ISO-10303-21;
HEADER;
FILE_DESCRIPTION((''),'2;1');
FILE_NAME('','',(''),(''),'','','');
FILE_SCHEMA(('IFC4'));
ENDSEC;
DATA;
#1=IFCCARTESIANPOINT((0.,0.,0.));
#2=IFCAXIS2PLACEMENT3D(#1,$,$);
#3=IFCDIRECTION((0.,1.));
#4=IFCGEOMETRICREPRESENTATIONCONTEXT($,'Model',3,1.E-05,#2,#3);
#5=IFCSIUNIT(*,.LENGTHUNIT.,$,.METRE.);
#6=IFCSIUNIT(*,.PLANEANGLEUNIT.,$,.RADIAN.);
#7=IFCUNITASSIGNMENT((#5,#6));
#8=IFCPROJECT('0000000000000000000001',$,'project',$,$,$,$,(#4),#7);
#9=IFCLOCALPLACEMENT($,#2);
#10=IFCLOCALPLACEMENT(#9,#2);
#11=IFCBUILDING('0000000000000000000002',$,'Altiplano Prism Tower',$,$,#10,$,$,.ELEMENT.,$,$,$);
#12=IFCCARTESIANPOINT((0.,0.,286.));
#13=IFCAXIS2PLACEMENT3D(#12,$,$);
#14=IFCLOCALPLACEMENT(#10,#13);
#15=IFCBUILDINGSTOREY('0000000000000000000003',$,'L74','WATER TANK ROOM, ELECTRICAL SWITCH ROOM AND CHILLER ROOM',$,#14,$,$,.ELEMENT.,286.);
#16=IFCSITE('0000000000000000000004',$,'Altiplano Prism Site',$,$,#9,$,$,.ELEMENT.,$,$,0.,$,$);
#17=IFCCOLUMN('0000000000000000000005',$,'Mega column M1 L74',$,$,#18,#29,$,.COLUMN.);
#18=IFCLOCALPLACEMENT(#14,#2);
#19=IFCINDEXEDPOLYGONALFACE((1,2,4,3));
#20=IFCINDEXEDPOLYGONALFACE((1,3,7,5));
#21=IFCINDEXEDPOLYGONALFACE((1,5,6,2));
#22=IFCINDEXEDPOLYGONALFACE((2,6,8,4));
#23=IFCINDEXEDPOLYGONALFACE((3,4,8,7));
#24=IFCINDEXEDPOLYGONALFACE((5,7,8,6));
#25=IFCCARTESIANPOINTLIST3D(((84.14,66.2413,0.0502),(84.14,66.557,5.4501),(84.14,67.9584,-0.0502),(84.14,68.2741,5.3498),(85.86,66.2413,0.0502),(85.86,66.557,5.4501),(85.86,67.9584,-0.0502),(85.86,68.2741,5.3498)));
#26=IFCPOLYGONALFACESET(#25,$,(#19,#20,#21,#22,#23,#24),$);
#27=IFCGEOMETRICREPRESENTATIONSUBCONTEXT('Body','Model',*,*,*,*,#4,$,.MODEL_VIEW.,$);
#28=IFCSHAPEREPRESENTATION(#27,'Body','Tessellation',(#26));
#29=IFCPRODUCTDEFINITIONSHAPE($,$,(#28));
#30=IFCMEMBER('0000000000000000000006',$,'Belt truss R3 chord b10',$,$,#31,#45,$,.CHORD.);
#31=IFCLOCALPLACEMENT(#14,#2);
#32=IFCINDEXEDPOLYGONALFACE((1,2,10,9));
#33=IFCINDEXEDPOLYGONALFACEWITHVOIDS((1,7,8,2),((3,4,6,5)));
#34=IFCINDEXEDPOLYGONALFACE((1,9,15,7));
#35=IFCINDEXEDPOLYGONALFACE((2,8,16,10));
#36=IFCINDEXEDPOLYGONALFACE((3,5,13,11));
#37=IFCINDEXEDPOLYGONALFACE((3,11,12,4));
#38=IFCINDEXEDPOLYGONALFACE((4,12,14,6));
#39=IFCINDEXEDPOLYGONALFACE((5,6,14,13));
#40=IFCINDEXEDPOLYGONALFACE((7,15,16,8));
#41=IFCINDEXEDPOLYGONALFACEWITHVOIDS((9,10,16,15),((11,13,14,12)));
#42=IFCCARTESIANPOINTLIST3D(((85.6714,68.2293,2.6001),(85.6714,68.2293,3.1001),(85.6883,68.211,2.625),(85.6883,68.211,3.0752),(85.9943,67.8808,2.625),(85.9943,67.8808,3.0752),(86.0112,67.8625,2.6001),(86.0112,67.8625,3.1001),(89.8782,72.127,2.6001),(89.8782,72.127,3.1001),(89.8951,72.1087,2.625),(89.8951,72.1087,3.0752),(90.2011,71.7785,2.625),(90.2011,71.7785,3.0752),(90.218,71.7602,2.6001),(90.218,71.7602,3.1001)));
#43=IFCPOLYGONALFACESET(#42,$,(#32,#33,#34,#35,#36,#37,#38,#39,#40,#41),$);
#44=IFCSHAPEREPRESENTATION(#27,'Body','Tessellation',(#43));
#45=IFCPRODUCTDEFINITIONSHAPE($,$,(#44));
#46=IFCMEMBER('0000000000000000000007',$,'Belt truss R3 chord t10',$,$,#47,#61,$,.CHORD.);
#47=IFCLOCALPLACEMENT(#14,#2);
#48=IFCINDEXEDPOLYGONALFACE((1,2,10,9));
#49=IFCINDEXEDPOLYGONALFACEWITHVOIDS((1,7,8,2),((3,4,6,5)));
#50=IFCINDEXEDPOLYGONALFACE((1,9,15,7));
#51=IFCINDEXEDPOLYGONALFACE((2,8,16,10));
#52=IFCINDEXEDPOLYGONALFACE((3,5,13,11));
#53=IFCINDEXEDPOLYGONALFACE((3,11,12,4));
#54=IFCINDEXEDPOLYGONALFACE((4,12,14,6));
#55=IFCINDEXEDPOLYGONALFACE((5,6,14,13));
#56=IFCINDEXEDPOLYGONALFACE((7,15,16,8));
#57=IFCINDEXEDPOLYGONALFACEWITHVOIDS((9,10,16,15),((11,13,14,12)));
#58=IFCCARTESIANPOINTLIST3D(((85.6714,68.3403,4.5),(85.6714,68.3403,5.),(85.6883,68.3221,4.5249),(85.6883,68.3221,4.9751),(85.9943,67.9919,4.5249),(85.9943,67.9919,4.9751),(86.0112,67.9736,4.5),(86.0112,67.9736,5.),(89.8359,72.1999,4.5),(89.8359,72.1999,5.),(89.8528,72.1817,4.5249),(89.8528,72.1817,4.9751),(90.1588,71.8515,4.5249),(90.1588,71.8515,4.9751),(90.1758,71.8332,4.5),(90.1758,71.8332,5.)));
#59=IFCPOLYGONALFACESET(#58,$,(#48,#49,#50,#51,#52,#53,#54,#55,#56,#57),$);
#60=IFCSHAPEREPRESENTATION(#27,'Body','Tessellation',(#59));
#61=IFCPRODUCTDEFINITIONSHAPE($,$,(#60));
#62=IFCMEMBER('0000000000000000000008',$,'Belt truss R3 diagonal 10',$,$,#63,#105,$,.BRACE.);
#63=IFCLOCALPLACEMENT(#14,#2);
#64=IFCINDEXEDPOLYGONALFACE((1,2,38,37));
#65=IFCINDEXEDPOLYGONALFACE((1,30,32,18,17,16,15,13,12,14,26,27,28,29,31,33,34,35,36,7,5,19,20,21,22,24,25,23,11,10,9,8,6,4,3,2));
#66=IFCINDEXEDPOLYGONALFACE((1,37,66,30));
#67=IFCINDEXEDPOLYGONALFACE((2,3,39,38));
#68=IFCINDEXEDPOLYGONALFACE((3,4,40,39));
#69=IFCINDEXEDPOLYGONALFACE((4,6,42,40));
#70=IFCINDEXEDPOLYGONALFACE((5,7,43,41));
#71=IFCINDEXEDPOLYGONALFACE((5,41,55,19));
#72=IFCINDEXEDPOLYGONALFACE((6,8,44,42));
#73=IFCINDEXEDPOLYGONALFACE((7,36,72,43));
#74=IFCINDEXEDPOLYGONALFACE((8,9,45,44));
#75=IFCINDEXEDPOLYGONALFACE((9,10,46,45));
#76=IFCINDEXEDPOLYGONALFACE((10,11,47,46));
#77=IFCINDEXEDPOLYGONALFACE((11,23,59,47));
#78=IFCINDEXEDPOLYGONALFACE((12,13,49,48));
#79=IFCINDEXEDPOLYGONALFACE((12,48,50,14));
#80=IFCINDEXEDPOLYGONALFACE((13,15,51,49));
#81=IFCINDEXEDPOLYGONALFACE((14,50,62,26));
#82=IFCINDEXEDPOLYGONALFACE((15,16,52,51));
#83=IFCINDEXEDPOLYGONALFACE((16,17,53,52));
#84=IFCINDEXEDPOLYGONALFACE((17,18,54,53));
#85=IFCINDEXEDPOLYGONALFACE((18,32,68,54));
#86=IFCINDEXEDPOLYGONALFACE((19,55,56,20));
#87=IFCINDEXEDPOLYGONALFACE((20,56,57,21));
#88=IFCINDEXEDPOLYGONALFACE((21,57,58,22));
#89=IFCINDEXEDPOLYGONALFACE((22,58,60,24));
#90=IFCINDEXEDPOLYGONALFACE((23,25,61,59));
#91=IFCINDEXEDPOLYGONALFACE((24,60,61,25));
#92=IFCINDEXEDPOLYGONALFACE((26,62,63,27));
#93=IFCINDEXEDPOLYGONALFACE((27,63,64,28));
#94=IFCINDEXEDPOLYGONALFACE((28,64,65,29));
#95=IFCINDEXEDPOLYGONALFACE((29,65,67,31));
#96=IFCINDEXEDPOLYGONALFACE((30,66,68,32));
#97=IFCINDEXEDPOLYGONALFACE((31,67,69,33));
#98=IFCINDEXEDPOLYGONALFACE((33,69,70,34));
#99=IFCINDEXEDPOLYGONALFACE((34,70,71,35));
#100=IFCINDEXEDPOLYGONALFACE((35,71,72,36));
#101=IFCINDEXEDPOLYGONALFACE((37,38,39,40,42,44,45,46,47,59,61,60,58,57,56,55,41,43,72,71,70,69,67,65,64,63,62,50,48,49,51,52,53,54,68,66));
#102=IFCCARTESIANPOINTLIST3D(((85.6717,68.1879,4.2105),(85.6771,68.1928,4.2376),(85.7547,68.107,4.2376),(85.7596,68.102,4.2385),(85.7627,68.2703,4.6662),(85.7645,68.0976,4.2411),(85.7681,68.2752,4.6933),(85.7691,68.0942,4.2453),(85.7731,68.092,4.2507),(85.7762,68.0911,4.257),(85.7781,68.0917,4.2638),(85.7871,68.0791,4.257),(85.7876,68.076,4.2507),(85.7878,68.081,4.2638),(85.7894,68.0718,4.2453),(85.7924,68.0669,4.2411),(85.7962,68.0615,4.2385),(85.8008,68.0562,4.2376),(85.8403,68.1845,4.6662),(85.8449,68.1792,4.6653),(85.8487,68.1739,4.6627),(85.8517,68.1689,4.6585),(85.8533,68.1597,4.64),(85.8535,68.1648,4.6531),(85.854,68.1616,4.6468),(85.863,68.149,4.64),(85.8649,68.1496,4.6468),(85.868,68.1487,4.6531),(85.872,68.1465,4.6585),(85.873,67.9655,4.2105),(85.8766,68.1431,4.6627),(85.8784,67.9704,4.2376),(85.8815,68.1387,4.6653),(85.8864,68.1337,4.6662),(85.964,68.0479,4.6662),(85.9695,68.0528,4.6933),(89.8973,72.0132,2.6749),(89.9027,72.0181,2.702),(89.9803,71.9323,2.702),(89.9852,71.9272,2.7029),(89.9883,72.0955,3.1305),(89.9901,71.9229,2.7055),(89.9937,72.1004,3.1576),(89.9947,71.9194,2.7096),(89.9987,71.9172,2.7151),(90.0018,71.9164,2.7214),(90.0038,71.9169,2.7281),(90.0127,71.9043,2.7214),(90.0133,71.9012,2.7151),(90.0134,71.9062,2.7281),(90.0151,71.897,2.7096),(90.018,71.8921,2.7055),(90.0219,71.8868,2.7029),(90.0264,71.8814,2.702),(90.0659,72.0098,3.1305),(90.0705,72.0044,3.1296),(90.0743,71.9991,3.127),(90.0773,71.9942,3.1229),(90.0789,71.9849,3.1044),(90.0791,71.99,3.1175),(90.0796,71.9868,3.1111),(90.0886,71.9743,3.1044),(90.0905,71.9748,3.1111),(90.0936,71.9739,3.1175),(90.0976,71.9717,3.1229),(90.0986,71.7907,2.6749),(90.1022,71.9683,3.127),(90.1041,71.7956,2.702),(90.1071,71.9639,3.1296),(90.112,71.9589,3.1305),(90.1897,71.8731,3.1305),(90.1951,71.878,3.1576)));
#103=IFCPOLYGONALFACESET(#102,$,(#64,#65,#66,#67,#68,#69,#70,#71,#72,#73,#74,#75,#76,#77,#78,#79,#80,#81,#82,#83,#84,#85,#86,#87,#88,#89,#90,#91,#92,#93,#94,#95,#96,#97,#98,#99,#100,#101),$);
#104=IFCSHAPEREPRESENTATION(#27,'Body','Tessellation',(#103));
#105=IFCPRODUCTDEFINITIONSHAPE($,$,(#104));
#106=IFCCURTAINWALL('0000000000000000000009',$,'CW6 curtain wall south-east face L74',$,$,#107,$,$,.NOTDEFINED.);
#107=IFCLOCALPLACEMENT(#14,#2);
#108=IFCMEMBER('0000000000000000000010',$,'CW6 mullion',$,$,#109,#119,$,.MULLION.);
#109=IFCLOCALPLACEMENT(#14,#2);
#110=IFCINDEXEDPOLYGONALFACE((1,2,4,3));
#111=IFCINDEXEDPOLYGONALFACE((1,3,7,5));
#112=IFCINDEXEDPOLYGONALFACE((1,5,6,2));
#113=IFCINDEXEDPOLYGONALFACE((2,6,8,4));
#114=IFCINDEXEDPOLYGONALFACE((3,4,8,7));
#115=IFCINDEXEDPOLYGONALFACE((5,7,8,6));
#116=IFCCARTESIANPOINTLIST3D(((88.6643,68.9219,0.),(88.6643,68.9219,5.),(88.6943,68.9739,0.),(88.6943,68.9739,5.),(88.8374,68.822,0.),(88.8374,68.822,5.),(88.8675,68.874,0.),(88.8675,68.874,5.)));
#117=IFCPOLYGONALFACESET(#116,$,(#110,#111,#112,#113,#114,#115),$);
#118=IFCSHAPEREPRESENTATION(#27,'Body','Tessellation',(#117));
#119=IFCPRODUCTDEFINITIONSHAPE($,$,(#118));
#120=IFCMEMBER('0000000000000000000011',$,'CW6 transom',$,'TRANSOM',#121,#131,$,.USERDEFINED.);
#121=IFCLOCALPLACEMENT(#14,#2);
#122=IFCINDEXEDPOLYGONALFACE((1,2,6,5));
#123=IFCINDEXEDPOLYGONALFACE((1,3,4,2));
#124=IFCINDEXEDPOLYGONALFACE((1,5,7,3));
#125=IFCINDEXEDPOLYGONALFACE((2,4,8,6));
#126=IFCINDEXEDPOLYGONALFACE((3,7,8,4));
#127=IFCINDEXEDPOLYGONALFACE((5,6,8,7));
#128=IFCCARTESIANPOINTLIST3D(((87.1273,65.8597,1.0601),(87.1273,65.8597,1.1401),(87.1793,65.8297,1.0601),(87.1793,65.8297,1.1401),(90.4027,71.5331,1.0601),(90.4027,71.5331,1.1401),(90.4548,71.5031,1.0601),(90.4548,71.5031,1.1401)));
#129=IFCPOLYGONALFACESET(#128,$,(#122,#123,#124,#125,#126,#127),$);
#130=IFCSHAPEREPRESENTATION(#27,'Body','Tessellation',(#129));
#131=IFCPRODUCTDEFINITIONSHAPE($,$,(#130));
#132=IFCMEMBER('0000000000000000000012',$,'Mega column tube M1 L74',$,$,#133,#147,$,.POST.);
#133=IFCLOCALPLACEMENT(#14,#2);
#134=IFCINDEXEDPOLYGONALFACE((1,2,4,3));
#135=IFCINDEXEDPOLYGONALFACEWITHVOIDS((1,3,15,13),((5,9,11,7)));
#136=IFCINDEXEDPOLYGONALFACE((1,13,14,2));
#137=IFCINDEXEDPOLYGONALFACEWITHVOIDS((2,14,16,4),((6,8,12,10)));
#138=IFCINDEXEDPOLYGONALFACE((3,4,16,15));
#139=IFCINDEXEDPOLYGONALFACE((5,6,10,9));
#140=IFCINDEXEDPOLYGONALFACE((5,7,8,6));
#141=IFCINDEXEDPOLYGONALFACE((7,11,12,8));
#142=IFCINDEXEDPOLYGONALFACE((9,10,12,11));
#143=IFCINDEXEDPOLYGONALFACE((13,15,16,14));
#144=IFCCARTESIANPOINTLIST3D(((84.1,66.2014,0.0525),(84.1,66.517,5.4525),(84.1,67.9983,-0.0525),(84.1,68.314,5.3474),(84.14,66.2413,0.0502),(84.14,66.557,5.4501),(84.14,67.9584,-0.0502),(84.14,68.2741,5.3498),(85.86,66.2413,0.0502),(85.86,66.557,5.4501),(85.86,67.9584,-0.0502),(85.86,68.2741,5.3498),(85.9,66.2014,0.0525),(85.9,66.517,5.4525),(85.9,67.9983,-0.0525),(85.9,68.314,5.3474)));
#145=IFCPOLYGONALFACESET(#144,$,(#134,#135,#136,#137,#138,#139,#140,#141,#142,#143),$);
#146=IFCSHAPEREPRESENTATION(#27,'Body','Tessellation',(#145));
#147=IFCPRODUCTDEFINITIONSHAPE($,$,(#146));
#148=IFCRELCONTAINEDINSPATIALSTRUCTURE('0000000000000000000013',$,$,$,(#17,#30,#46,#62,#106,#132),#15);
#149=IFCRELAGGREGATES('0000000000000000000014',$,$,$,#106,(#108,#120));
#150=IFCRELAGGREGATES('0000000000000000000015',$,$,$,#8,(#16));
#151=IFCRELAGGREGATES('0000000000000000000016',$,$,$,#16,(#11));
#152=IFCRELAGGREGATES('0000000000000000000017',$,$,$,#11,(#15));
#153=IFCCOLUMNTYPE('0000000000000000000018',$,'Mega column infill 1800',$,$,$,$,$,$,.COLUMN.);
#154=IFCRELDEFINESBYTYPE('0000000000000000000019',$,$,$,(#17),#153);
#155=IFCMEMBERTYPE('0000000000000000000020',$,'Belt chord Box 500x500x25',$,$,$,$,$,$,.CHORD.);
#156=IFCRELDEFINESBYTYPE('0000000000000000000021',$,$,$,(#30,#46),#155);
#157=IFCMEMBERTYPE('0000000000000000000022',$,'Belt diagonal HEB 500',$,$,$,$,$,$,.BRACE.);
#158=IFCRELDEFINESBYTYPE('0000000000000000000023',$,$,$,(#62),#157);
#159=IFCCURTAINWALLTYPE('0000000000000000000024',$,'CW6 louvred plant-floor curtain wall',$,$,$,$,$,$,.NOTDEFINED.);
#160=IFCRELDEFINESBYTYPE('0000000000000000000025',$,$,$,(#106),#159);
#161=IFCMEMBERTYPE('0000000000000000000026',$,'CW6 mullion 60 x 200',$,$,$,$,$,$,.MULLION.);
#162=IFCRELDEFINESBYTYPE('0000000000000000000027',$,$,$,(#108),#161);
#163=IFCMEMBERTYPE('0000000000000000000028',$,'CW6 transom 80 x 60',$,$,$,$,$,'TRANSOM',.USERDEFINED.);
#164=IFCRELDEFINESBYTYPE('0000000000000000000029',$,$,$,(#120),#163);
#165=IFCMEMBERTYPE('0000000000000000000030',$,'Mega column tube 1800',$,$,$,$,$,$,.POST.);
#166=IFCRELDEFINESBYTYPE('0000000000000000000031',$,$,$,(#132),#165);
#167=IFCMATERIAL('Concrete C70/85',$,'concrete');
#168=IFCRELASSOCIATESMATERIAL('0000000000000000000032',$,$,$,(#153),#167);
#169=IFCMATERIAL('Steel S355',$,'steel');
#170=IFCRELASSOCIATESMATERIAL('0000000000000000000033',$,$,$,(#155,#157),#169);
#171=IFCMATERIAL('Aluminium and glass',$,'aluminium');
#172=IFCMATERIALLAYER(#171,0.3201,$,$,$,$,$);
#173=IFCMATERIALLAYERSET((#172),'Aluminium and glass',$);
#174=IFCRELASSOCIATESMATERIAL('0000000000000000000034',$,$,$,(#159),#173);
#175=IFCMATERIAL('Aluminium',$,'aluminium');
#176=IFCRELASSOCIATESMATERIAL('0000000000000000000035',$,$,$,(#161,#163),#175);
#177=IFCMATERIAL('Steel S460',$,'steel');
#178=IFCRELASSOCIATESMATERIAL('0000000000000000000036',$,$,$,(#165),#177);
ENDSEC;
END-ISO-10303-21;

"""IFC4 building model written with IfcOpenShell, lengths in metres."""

from ifc_helpers import new_model, si_unit, direction, frame, origin, origin_2d, place, context, subcontext, project, spatial, rectangle, hollow_rectangle, i_section, extrude, material, layer, layer_set, material_profile, profile_set, type_object, element, aggregate, save


model = new_model("IFC4")

# Units and contexts
model_context = context("Model", 3, precision=1e-05, world=origin(), true_north=direction((0.0, 1.0)))
body_context = subcontext(model_context, "Body", "Model", "MODEL_VIEW")
ifc_project = project(units=[si_unit("LENGTHUNIT", "METRE"), si_unit("PLANEANGLEUNIT", "RADIAN")], contexts=[model_context])

# Site, building, storey
site_placement = place(None, origin())
site = spatial("IfcSite", under=ifc_project, at=site_placement, Name="Altiplano Prism Site", CompositionType="ELEMENT", RefElevation=0.0)
building_placement = place(site_placement, origin())
building = spatial("IfcBuilding", under=site, at=building_placement, Name="Altiplano Prism Tower", CompositionType="ELEMENT")
storey_placement = place(building_placement, frame((0.0, 0.0, 286.0)))
storey = spatial("IfcBuildingStorey", under=building, at=storey_placement, Name="L74", Description="WATER TANK ROOM, ELECTRICAL SWITCH ROOM AND CHILLER ROOM", CompositionType="ELEMENT", Elevation=286.0)

# Column
ifc_material_1 = material(Name="Concrete C70/85", Category="concrete")
ifc_material_profile_1 = material_profile(ifc_material_1, rectangle(XDim=1.72, YDim=1.72, at=origin_2d()), Name="Mega column infill 1800")
ifc_profile_set_1 = profile_set([ifc_material_profile_1], Name="Concrete C70/85")
column_type = type_object("IfcColumnType", Name="Mega column infill 1800", PredefinedType="COLUMN", material=ifc_profile_set_1)
column_placement = place(storey_placement, frame((85.0, 67.0999, 0.0), z_axis=(0.0, 0.05836, 0.998296), x_axis=(-1.0, 0.0, 0.0)))
element("IfcColumn", 1, at=column_placement, inside=storey, type_object=column_type, Name="Mega column M1 L74", PredefinedType="COLUMN", context=body_context, shape_type="SweptSolid", body=[
    extrude(rectangle(XDim=1.72, YDim=1.72, at=origin_2d()), origin(), (0.0, 0.0, 1.0), 5.4092),
])

# Members
ifc_material_2 = material(Name="Steel S355", Category="steel")
ifc_material_profile_2 = material_profile(ifc_material_2, hollow_rectangle(XDim=0.5, YDim=0.5, WallThickness=0.0249, at=origin_2d()), Name="Belt chord Box 500x500x25")
ifc_profile_set_2 = profile_set([ifc_material_profile_2], Name="Steel S355")
member_type_1 = type_object("IfcMemberType", Name="Belt chord Box 500x500x25", PredefinedType="CHORD", material=ifc_profile_set_2)
member_1_placement = place(storey_placement, frame((85.8413, 68.0459, 2.8501), z_axis=(0.733541, 0.679646, 0.0), x_axis=(-0.679646, 0.733541, 0.0)))
element("IfcMember", 2, at=member_1_placement, inside=storey, type_object=member_type_1, Name="Belt truss R3 chord b10", PredefinedType="CHORD", context=body_context, shape_type="SweptSolid", body=[
    extrude(hollow_rectangle(XDim=0.5, YDim=0.5, WallThickness=0.0249, at=origin_2d()), origin(), (0.0, 0.0, 1.0), 5.7349),
])
member_2_placement = place(storey_placement, frame((85.8413, 68.157, 4.75), z_axis=(0.733449, 0.679745, 0.0), x_axis=(-0.679745, 0.733449, 0.0)))
element("IfcMember", 3, at=member_2_placement, inside=storey, type_object=member_type_1, Name="Belt truss R3 chord t10", PredefinedType="CHORD", context=body_context, shape_type="SweptSolid", body=[
    extrude(hollow_rectangle(XDim=0.5, YDim=0.5, WallThickness=0.0249, at=origin_2d()), origin(), (0.0, 0.0, 1.0), 5.678),
])
ifc_material_profile_3 = material_profile(ifc_material_2, i_section(OverallWidth=0.3, OverallDepth=0.5, WebThickness=0.0144, FlangeThickness=0.0281, FilletRadius=0.0271, at=origin_2d()), Name="Belt diagonal HEB 500")
ifc_profile_set_3 = profile_set([ifc_material_profile_3], Name="Steel S355")
member_type_2 = type_object("IfcMemberType", Name="Belt diagonal HEB 500", PredefinedType="BRACE", material=ifc_profile_set_3)
member_3_placement = place(storey_placement, frame((85.8206, 68.1204, 4.4519), z_axis=(0.715832, 0.648004, -0.260145), x_axis=(-0.671111, 0.741357, 0.0)))
element("IfcMember", 4, at=member_3_placement, inside=storey, type_object=member_type_2, Name="Belt truss R3 diagonal 10", PredefinedType="BRACE", context=body_context, shape_type="SweptSolid", body=[
    extrude(i_section(OverallWidth=0.3, OverallDepth=0.5, WebThickness=0.0144, FlangeThickness=0.0281, FilletRadius=0.0271, at=origin_2d()), origin(), (0.0, 0.0, 1.0), 5.9031),
])

# Curtain wall, members
ifc_material_3 = material(Name="Aluminium and glass", Category="aluminium")
ifc_layer_1 = layer(ifc_material_3, 0.3201)
ifc_layer_set_1 = layer_set([ifc_layer_1], Name="Aluminium and glass")
curtain_wall_type = type_object("IfcCurtainWallType", Name="CW6 louvred plant-floor curtain wall", PredefinedType="NOTDEFINED", material=ifc_layer_set_1)
curtain_wall_1_placement = place(storey_placement, origin())
curtain_wall_1 = element("IfcCurtainWall", 5, at=curtain_wall_1_placement, inside=storey, type_object=curtain_wall_type, Name="CW6 curtain wall south-east face L74", PredefinedType="NOTDEFINED")
ifc_material_4 = material(Name="Aluminium", Category="aluminium")
ifc_material_profile_4 = material_profile(ifc_material_4, rectangle(XDim=0.2, YDim=0.0601, at=origin_2d()), Name="CW6 mullion 60 x 200")
ifc_profile_set_4 = profile_set([ifc_material_profile_4], Name="Aluminium")
member_type_3 = type_object("IfcMemberType", Name="CW6 mullion 60 x 200", PredefinedType="MULLION", material=ifc_profile_set_4)
member_4_placement = place(storey_placement, frame((88.7659, 68.8979, 0.0), z_axis=(0.0, 0.0, 1.0), x_axis=(-0.866025, 0.5, 0.0)))
member_4 = element("IfcMember", 6, at=member_4_placement, type_object=member_type_3, Name="CW6 mullion", PredefinedType="MULLION", context=body_context, shape_type="SweptSolid", body=[
    extrude(rectangle(XDim=0.2, YDim=0.0601, at=origin_2d()), origin(), (0.0, 0.0, 1.0), 5.0),
])
ifc_material_profile_5 = material_profile(ifc_material_4, rectangle(XDim=0.0601, YDim=0.0801, at=origin_2d()), Name="CW6 transom 80 x 60")
ifc_profile_set_5 = profile_set([ifc_material_profile_5], Name="Aluminium")
member_type_4 = type_object("IfcMemberType", Name="CW6 transom 80 x 60", ElementType="TRANSOM", PredefinedType="USERDEFINED", material=ifc_profile_set_5)
member_5_placement = place(storey_placement, frame((87.1533, 65.8447, 1.1001), z_axis=(0.499987, 0.866033, 0.0), x_axis=(-0.866033, 0.499987, 0.0)))
member_5 = element("IfcMember", 7, at=member_5_placement, type_object=member_type_4, Name="CW6 transom", ObjectType="TRANSOM", PredefinedType="USERDEFINED", context=body_context, shape_type="SweptSolid", body=[
    extrude(rectangle(XDim=0.0601, YDim=0.0801, at=origin_2d()), origin(), (0.0, 0.0, 1.0), 6.551),
])

# Member
ifc_material_5 = material(Name="Steel S460", Category="steel")
ifc_material_profile_6 = material_profile(ifc_material_5, hollow_rectangle(XDim=1.8, YDim=1.8, WallThickness=0.04, at=origin_2d()), Name="Mega column tube 1800")
ifc_profile_set_6 = profile_set([ifc_material_profile_6], Name="Steel S460")
member_type_5 = type_object("IfcMemberType", Name="Mega column tube 1800", PredefinedType="POST", material=ifc_profile_set_6)
member_6_placement = place(storey_placement, frame((85.0, 67.0999, 0.0), z_axis=(0.0, 0.05836, 0.998296), x_axis=(-1.0, 0.0, 0.0)))
element("IfcMember", 8, at=member_6_placement, inside=storey, type_object=member_type_5, Name="Mega column tube M1 L74", PredefinedType="POST", context=body_context, shape_type="SweptSolid", body=[
    extrude(hollow_rectangle(XDim=1.8, YDim=1.8, WallThickness=0.04, at=origin_2d()), origin(), (0.0, 0.0, 1.0), 5.4092),
])

aggregate(curtain_wall_1, [member_4, member_5])

save(model, "model.ifc")
